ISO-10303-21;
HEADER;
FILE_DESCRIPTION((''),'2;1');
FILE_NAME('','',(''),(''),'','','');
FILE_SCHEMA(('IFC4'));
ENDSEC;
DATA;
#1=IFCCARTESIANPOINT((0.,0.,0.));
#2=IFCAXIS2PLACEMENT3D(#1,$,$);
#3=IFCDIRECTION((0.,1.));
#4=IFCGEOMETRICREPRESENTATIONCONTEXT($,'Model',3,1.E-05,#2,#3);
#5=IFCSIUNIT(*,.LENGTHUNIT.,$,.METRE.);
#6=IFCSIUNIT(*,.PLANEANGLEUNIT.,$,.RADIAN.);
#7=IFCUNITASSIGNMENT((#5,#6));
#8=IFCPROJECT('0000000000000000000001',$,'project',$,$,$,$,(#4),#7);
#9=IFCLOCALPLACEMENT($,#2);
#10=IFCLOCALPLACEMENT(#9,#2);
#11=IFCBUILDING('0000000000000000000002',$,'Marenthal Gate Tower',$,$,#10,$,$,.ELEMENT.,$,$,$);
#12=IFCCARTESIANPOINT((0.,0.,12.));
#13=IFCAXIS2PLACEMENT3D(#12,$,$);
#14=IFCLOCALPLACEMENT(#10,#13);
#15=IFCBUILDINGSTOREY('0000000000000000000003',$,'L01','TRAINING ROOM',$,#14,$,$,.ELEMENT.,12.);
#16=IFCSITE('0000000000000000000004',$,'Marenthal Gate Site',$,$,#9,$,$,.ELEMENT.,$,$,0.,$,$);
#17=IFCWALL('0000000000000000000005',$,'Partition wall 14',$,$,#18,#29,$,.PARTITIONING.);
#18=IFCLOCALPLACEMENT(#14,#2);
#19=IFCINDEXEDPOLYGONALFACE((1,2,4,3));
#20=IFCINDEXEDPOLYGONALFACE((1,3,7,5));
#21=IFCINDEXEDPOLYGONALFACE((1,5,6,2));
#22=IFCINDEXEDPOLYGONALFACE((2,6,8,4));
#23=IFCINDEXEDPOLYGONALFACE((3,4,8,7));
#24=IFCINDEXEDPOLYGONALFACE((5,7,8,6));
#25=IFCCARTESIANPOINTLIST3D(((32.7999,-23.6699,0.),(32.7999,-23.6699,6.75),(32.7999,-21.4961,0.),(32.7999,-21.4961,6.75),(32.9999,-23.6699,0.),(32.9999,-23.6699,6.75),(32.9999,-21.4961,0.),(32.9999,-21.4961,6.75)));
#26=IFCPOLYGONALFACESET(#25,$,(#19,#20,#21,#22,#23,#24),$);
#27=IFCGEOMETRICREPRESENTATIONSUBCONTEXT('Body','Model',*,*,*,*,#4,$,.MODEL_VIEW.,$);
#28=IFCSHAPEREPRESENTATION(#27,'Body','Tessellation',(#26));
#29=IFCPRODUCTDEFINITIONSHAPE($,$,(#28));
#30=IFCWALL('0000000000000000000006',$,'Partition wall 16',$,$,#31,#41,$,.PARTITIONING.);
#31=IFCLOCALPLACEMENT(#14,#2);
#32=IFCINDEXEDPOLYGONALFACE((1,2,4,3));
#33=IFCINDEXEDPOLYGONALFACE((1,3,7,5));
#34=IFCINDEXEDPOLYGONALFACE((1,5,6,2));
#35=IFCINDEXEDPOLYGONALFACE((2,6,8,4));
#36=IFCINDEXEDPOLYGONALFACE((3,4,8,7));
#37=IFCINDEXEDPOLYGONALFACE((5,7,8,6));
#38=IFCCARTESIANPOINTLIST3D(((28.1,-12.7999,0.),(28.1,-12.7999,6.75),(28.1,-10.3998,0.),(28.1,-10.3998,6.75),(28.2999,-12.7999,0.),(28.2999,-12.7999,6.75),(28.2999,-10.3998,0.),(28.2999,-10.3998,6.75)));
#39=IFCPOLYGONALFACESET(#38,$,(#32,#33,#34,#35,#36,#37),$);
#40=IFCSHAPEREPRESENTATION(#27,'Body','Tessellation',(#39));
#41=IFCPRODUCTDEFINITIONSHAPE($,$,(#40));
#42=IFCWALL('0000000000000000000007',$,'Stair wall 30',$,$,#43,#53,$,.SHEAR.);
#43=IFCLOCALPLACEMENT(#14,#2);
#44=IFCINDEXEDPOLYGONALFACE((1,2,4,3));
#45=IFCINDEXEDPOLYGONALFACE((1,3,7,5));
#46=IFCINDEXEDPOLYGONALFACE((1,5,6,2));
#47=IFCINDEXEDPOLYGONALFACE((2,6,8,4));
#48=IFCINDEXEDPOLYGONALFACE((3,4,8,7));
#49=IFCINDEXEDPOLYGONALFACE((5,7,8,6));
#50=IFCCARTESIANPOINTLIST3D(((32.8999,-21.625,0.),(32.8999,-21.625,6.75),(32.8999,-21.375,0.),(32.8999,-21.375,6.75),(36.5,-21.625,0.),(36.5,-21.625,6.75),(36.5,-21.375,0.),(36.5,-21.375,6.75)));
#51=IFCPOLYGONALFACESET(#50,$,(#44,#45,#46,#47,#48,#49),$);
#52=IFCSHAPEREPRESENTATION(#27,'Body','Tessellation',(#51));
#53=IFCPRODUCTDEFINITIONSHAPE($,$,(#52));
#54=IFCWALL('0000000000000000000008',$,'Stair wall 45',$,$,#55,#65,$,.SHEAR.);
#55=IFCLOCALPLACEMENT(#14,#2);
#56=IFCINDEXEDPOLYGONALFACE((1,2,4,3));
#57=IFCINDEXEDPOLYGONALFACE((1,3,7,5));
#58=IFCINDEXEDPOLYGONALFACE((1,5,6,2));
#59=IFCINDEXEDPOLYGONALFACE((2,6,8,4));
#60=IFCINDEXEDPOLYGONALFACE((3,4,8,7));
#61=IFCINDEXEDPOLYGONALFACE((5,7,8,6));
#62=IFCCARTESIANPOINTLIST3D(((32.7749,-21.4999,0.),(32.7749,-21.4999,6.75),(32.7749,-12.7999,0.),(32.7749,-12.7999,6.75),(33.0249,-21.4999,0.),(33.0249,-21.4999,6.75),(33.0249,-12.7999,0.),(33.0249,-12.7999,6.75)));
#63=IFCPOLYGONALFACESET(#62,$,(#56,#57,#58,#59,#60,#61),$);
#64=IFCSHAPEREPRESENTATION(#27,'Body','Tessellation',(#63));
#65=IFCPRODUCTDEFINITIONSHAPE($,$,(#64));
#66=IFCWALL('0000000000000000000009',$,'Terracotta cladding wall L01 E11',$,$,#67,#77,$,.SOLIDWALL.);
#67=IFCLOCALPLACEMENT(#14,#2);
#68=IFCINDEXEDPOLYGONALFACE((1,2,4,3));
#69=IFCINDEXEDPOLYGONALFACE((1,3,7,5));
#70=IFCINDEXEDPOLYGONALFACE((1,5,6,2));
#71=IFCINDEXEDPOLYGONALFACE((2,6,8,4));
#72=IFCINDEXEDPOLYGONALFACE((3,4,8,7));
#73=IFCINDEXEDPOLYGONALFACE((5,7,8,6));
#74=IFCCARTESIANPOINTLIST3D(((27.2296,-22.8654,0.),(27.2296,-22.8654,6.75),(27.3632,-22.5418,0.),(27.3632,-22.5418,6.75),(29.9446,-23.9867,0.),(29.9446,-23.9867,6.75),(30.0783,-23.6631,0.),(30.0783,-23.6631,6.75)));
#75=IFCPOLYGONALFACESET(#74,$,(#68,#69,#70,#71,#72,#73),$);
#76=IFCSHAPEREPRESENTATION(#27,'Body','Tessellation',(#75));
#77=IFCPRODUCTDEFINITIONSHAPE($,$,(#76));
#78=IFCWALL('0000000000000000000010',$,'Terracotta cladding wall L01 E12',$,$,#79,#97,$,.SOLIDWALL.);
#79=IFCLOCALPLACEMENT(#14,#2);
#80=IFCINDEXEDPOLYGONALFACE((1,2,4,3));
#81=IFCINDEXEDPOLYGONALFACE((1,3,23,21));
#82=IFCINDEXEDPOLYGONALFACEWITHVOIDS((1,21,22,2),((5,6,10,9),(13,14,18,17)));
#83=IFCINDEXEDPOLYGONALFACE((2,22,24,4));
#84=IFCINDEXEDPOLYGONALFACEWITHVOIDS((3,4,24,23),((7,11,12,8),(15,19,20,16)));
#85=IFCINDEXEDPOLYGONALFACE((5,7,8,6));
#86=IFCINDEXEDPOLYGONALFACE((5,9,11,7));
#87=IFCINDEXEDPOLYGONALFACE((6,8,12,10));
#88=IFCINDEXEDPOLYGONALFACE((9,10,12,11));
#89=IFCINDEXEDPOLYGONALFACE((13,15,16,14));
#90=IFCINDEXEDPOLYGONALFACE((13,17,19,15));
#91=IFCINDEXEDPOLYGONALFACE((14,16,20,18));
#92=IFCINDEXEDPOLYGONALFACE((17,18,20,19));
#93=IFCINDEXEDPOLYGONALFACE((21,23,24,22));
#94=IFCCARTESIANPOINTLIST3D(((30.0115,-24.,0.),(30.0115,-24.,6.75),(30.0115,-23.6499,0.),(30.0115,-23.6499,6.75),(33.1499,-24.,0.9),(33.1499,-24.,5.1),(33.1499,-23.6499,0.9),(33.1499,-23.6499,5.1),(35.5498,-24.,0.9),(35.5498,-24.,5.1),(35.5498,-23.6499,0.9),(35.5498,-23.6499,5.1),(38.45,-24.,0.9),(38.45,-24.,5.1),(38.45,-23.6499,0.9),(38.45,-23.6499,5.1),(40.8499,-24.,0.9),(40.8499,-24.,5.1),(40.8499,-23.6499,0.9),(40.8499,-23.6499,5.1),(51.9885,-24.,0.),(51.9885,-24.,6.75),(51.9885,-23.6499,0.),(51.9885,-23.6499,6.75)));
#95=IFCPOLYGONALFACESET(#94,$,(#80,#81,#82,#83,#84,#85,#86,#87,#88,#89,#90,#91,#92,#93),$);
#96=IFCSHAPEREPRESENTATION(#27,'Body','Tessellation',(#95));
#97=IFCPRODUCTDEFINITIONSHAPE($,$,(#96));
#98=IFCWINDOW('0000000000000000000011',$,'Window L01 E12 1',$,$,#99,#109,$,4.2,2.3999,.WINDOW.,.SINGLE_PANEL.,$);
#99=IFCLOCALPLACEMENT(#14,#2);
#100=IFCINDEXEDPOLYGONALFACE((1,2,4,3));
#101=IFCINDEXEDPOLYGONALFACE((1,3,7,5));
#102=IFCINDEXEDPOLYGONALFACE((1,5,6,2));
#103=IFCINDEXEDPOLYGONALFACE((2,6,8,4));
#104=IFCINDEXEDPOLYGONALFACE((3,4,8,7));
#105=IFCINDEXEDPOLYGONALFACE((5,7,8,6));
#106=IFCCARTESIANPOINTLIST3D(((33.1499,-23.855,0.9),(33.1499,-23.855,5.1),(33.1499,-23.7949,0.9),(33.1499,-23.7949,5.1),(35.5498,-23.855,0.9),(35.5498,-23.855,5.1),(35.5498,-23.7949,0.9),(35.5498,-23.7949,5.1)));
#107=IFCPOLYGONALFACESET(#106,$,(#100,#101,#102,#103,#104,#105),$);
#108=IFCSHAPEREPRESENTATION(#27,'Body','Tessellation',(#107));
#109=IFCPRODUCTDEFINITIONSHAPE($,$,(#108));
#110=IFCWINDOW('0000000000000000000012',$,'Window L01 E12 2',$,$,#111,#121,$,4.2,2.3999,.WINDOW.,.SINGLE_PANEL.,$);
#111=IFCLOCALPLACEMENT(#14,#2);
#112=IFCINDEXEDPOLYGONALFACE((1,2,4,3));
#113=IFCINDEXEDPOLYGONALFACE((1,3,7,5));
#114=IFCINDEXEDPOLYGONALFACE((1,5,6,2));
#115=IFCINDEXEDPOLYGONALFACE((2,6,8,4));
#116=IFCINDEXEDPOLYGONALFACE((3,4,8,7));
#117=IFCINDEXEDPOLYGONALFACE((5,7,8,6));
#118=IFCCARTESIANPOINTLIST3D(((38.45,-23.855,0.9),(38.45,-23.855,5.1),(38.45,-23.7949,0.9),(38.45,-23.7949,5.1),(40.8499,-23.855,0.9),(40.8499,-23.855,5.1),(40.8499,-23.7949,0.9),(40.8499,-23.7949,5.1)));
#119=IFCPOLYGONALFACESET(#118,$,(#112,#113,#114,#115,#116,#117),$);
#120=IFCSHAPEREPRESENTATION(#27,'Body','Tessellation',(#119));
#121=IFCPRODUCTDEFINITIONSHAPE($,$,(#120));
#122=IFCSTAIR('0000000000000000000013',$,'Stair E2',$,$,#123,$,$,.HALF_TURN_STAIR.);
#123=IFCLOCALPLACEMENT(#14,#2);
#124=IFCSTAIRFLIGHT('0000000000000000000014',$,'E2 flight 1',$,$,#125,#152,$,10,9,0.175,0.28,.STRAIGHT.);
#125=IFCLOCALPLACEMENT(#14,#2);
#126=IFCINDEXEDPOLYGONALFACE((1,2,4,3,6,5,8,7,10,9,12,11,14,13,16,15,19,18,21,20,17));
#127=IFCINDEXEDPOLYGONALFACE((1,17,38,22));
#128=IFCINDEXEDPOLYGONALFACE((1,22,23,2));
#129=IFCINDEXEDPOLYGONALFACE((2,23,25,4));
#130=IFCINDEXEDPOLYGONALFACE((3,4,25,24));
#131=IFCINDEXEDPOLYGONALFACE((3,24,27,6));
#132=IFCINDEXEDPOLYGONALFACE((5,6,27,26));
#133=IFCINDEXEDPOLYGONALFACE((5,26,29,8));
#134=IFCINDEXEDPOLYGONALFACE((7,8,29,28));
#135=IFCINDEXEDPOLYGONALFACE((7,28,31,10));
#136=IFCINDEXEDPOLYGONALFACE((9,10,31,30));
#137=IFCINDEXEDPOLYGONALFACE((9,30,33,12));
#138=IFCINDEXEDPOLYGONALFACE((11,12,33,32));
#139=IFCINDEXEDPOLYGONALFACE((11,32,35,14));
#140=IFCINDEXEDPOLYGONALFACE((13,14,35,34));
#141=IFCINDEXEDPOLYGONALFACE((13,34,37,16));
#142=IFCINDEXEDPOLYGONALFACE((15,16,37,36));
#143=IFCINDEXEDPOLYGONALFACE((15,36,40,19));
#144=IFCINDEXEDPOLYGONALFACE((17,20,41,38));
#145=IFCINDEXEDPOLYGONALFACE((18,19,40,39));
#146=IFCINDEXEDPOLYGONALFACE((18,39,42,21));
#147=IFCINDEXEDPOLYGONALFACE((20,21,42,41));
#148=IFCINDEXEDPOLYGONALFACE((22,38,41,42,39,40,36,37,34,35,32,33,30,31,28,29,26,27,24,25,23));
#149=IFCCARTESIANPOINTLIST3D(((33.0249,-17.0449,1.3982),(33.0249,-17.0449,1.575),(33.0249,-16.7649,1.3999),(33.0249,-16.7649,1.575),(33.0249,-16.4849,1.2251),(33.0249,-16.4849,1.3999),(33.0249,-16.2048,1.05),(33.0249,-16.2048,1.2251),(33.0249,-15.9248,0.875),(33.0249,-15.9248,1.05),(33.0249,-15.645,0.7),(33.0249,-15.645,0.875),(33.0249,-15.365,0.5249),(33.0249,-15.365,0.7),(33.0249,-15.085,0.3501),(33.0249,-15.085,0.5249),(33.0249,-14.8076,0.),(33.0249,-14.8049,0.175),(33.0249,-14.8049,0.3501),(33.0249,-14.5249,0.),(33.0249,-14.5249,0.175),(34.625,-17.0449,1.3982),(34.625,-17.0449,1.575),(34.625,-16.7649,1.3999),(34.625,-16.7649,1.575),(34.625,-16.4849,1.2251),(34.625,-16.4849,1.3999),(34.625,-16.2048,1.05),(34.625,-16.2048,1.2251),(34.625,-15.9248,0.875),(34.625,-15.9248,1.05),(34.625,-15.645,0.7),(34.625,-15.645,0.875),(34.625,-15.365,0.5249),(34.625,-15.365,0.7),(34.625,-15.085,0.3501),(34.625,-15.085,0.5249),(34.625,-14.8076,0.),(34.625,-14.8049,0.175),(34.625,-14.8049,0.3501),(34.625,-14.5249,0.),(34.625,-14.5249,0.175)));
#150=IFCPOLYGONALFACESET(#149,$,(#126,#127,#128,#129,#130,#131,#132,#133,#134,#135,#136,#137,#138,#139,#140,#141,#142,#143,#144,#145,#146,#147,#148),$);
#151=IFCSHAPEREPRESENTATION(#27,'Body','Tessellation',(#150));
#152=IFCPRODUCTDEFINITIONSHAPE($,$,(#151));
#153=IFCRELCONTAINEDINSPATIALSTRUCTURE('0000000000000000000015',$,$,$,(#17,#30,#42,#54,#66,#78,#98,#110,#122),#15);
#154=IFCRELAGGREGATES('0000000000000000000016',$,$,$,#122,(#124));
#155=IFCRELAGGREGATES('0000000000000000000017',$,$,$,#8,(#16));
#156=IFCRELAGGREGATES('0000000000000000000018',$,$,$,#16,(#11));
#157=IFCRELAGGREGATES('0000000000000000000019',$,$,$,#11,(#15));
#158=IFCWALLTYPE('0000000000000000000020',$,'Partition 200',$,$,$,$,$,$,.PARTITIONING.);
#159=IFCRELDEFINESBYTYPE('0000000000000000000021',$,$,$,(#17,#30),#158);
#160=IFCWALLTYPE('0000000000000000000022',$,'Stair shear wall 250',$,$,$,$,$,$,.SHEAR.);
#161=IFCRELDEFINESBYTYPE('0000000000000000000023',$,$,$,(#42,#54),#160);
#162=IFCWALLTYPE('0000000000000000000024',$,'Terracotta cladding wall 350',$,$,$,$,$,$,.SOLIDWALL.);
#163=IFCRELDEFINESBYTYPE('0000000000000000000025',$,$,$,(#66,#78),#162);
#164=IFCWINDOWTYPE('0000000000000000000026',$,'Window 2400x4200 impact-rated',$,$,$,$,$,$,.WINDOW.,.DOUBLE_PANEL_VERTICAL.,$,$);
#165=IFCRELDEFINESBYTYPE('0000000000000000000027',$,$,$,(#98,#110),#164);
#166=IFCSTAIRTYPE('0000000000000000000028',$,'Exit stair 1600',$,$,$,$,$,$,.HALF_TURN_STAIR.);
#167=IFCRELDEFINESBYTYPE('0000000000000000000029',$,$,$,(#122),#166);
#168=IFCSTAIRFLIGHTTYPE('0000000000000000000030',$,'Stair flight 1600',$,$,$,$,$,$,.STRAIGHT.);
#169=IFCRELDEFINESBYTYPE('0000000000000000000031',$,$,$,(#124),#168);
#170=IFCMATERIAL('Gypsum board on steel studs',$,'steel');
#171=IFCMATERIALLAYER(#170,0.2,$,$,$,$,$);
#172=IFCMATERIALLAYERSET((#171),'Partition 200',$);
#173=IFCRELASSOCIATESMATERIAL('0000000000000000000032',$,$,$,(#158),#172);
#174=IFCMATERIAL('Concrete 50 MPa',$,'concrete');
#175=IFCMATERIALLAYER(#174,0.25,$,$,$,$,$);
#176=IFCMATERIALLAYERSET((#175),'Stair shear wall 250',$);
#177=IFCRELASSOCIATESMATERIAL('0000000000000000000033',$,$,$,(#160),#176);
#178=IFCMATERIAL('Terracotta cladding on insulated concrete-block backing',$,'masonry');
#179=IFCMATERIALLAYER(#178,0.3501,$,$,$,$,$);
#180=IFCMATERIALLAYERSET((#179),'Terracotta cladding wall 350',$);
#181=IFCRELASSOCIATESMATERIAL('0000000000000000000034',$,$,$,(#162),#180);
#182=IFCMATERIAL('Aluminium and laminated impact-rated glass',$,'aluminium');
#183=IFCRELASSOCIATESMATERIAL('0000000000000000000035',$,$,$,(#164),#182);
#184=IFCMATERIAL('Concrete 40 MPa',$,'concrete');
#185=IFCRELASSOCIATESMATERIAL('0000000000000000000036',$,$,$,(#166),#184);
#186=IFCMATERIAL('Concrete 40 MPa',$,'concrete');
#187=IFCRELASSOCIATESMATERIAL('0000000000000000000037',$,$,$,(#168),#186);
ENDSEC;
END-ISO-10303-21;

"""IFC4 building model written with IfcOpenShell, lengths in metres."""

from ifc_helpers import new_model, si_unit, direction, frame, frame_2d, origin, place, context, subcontext, project, spatial, polyline, rectangle, outline, extrude, material, layer, layer_set, type_object, element, fill, aggregate, save


model = new_model("IFC4")

# Units and contexts
model_context = context("Model", 3, precision=1e-05, world=origin(), true_north=direction((0.0, 1.0)))
body_context = subcontext(model_context, "Body", "Model", "MODEL_VIEW")
ifc_project = project(units=[si_unit("LENGTHUNIT", "METRE"), si_unit("PLANEANGLEUNIT", "RADIAN")], contexts=[model_context])

# Site, building, storey
site_placement = place(None, origin())
site = spatial("IfcSite", under=ifc_project, at=site_placement, Name="Marenthal Gate Site", CompositionType="ELEMENT", RefElevation=0.0)
building_placement = place(site_placement, origin())
building = spatial("IfcBuilding", under=site, at=building_placement, Name="Marenthal Gate Tower", CompositionType="ELEMENT")
storey_placement = place(building_placement, frame((0.0, 0.0, 12.0)))
storey = spatial("IfcBuildingStorey", under=building, at=storey_placement, Name="L01", Description="TRAINING ROOM", CompositionType="ELEMENT", Elevation=12.0)

# Walls
ifc_material_1 = material(Name="Gypsum board on steel studs", Category="steel")
ifc_layer_1 = layer(ifc_material_1, 0.2)
ifc_layer_set_1 = layer_set([ifc_layer_1], Name="Partition 200")
wall_type_1 = type_object("IfcWallType", Name="Partition 200", PredefinedType="PARTITIONING", material=ifc_layer_set_1)
wall_1_placement = place(storey_placement, frame((32.8999, -23.6699, 0.0), z_axis=(0.0, 0.0, 1.0), x_axis=(0.0, 1.0, 0.0)))
element("IfcWall", 1, at=wall_1_placement, inside=storey, type_object=wall_type_1, Name="Partition wall 14", PredefinedType="PARTITIONING", context=body_context, shape_type="SweptSolid", body=[
    extrude(rectangle(XDim=2.1738, YDim=0.2, at=frame_2d((1.0869, 0.0))), origin(), (0.0, 0.0, 1.0), 6.75),
])
wall_2_placement = place(storey_placement, frame((28.2, -12.8, 0.0), z_axis=(0.0, 0.0, 1.0), x_axis=(0.0, 1.0, 0.0)))
element("IfcWall", 2, at=wall_2_placement, inside=storey, type_object=wall_type_1, Name="Partition wall 16", PredefinedType="PARTITIONING", context=body_context, shape_type="SweptSolid", body=[
    extrude(rectangle(XDim=2.4001, YDim=0.2, at=frame_2d((1.2002, 0.0))), origin(), (0.0, 0.0, 1.0), 6.75),
])
ifc_material_2 = material(Name="Concrete 50 MPa", Category="concrete")
ifc_layer_2 = layer(ifc_material_2, 0.25)
ifc_layer_set_2 = layer_set([ifc_layer_2], Name="Stair shear wall 250")
wall_type_2 = type_object("IfcWallType", Name="Stair shear wall 250", PredefinedType="SHEAR", material=ifc_layer_set_2)
wall_3_placement = place(storey_placement, frame((32.8999, -21.5, 0.0), z_axis=(0.0, 0.0, 1.0), x_axis=(1.0, 0.0, 0.0)))
element("IfcWall", 3, at=wall_3_placement, inside=storey, type_object=wall_type_2, Name="Stair wall 30", PredefinedType="SHEAR", context=body_context, shape_type="SweptSolid", body=[
    extrude(rectangle(XDim=3.6001, YDim=0.25, at=frame_2d((1.8, 0.0))), origin(), (0.0, 0.0, 1.0), 6.75),
])
wall_4_placement = place(storey_placement, frame((32.8999, -21.5, 0.0), z_axis=(0.0, 0.0, 1.0), x_axis=(0.0, 1.0, 0.0)))
element("IfcWall", 4, at=wall_4_placement, inside=storey, type_object=wall_type_2, Name="Stair wall 45", PredefinedType="SHEAR", context=body_context, shape_type="SweptSolid", body=[
    extrude(rectangle(XDim=8.7, YDim=0.25, at=frame_2d((4.3501, 0.0))), origin(), (0.0, 0.0, 1.0), 6.75),
])
ifc_material_3 = material(Name="Terracotta cladding on insulated concrete-block backing", Category="masonry")
ifc_layer_3 = layer(ifc_material_3, 0.3501)
ifc_layer_set_3 = layer_set([ifc_layer_3], Name="Terracotta cladding wall 350")
wall_type_3 = type_object("IfcWallType", Name="Terracotta cladding wall 350", PredefinedType="SOLIDWALL", material=ifc_layer_set_3)
wall_5_placement = place(storey_placement, frame((27.2964, -22.7036, 0.0), z_axis=(0.0, 0.0, 1.0), x_axis=(0.924275, -0.381728, 0.0)))
element("IfcWall", 5, at=wall_5_placement, inside=storey, type_object=wall_type_3, Name="Terracotta cladding wall L01 E11", PredefinedType="SOLIDWALL", context=body_context, shape_type="SweptSolid", body=[
    extrude(rectangle(XDim=2.9375, YDim=0.3501, at=frame_2d((1.4688, 0.0))), origin(), (0.0, 0.0, 1.0), 6.75),
])

# Wall, openings, windows
wall_6_placement = place(storey_placement, frame((30.0115, -23.825, 0.0), z_axis=(0.0, 0.0, 1.0), x_axis=(1.0, 0.0, 0.0)))
wall_6 = element("IfcWall", 6, at=wall_6_placement, inside=storey, type_object=wall_type_3, Name="Terracotta cladding wall L01 E12", PredefinedType="SOLIDWALL", context=body_context, shape_type="SweptSolid", body=[
    extrude(rectangle(XDim=21.9771, YDim=0.3501, at=frame_2d((10.9885, 0.0))), origin(), (0.0, 0.0, 1.0), 6.75),
])
opening_1_placement = place(wall_6_placement, frame((3.1384, 0.0, 0.8999)))
opening_1 = element("IfcOpeningElement", 7, at=opening_1_placement, cuts=wall_6, PredefinedType="OPENING", context=body_context, shape_type="SweptSolid", body=[
    extrude(rectangle(XDim=2.3999, YDim=4.2, at=frame_2d((1.2, 2.1001))), frame((0.0, 0.1851, 0.0), z_axis=(0.0, -1.0, 0.0), x_axis=(1.0, 0.0, 0.0)), (0.0, 0.0, 1.0), 0.3701),
])
opening_2_placement = place(wall_6_placement, frame((8.4385, 0.0, 0.8999)))
opening_2 = element("IfcOpeningElement", 8, at=opening_2_placement, cuts=wall_6, PredefinedType="OPENING", context=body_context, shape_type="SweptSolid", body=[
    extrude(rectangle(XDim=2.3999, YDim=4.2, at=frame_2d((1.2, 2.1001))), frame((0.0, 0.1851, 0.0), z_axis=(0.0, -1.0, 0.0), x_axis=(1.0, 0.0, 0.0)), (0.0, 0.0, 1.0), 0.3701),
])
ifc_material_4 = material(Name="Aluminium and laminated impact-rated glass", Category="aluminium")
window_type = type_object("IfcWindowType", Name="Window 2400x4200 impact-rated", PartitioningType="DOUBLE_PANEL_VERTICAL", PredefinedType="WINDOW", material=ifc_material_4)
window_1_placement = place(opening_1_placement, origin())
window_1 = element("IfcWindow", 9, at=window_1_placement, inside=storey, type_object=window_type, Name="Window L01 E12 1", OverallHeight=4.2, OverallWidth=2.3999, PartitioningType="SINGLE_PANEL", PredefinedType="WINDOW", context=body_context, shape_type="SweptSolid", body=[
    extrude(rectangle(XDim=2.3999, YDim=4.2, at=frame_2d((1.2, 2.1001))), frame((0.0, 0.03, 0.0), z_axis=(0.0, -1.0, 0.0), x_axis=(1.0, 0.0, 0.0)), (0.0, 0.0, 1.0), 0.0601),
])
fill(opening_1, window_1)
window_2_placement = place(opening_2_placement, origin())
window_2 = element("IfcWindow", 10, at=window_2_placement, inside=storey, type_object=window_type, Name="Window L01 E12 2", OverallHeight=4.2, OverallWidth=2.3999, PartitioningType="SINGLE_PANEL", PredefinedType="WINDOW", context=body_context, shape_type="SweptSolid", body=[
    extrude(rectangle(XDim=2.3999, YDim=4.2, at=frame_2d((1.2, 2.1001))), frame((0.0, 0.03, 0.0), z_axis=(0.0, -1.0, 0.0), x_axis=(1.0, 0.0, 0.0)), (0.0, 0.0, 1.0), 0.0601),
])
fill(opening_2, window_2)

# Stair, stair flight
ifc_material_5 = material(Name="Concrete 40 MPa", Category="concrete")
stair_type = type_object("IfcStairType", Name="Exit stair 1600", PredefinedType="HALF_TURN_STAIR", material=ifc_material_5)
stair_placement = place(storey_placement, origin())
stair = element("IfcStair", 11, at=stair_placement, inside=storey, type_object=stair_type, Name="Stair E2", PredefinedType="HALF_TURN_STAIR")
ifc_material_6 = material(Name="Concrete 40 MPa", Category="concrete")
stair_flight_type = type_object("IfcStairFlightType", Name="Stair flight 1600", PredefinedType="STRAIGHT", material=ifc_material_6)
stair_flight_placement = place(storey_placement, frame((33.825, -14.5249, 0.0), z_axis=(0.0, 0.0, 1.0), x_axis=(0.0, -1.0, 0.0)))
stair_flight = element("IfcStairFlight", 12, at=stair_flight_placement, type_object=stair_flight_type, Name="E2 flight 1", NumberOfRisers=10, NumberOfTreads=9, PredefinedType="STRAIGHT", RiserHeight=0.175, TreadLength=0.28, context=body_context, shape_type="SweptSolid", body=[
    extrude(outline(polyline([(0.0, 0.0), (0.0, 0.175), (0.28, 0.175), (0.28, 0.3501), (0.5601, 0.3501), (0.5601, 0.5249), (0.8401, 0.5249), (0.8401, 0.7), (1.1201, 0.7), (1.1201, 0.875), (1.3999, 0.875), (1.3999, 1.05), (1.6799, 1.05), (1.6799, 1.2251), (1.96, 1.2251), (1.96, 1.3999), (2.24, 1.3999), (2.24, 1.575), (2.52, 1.575), (2.52, 1.75), (2.52, 1.3982), (0.2827, 0.0), (0.0, 0.0)])), frame((0.0, 0.8, 0.0), z_axis=(0.0, -1.0, 0.0), x_axis=(1.0, 0.0, 0.0)), (0.0, 0.0, 1.0), 1.6001),
])
aggregate(stair, [stair_flight])

save(model, "model.ifc")
